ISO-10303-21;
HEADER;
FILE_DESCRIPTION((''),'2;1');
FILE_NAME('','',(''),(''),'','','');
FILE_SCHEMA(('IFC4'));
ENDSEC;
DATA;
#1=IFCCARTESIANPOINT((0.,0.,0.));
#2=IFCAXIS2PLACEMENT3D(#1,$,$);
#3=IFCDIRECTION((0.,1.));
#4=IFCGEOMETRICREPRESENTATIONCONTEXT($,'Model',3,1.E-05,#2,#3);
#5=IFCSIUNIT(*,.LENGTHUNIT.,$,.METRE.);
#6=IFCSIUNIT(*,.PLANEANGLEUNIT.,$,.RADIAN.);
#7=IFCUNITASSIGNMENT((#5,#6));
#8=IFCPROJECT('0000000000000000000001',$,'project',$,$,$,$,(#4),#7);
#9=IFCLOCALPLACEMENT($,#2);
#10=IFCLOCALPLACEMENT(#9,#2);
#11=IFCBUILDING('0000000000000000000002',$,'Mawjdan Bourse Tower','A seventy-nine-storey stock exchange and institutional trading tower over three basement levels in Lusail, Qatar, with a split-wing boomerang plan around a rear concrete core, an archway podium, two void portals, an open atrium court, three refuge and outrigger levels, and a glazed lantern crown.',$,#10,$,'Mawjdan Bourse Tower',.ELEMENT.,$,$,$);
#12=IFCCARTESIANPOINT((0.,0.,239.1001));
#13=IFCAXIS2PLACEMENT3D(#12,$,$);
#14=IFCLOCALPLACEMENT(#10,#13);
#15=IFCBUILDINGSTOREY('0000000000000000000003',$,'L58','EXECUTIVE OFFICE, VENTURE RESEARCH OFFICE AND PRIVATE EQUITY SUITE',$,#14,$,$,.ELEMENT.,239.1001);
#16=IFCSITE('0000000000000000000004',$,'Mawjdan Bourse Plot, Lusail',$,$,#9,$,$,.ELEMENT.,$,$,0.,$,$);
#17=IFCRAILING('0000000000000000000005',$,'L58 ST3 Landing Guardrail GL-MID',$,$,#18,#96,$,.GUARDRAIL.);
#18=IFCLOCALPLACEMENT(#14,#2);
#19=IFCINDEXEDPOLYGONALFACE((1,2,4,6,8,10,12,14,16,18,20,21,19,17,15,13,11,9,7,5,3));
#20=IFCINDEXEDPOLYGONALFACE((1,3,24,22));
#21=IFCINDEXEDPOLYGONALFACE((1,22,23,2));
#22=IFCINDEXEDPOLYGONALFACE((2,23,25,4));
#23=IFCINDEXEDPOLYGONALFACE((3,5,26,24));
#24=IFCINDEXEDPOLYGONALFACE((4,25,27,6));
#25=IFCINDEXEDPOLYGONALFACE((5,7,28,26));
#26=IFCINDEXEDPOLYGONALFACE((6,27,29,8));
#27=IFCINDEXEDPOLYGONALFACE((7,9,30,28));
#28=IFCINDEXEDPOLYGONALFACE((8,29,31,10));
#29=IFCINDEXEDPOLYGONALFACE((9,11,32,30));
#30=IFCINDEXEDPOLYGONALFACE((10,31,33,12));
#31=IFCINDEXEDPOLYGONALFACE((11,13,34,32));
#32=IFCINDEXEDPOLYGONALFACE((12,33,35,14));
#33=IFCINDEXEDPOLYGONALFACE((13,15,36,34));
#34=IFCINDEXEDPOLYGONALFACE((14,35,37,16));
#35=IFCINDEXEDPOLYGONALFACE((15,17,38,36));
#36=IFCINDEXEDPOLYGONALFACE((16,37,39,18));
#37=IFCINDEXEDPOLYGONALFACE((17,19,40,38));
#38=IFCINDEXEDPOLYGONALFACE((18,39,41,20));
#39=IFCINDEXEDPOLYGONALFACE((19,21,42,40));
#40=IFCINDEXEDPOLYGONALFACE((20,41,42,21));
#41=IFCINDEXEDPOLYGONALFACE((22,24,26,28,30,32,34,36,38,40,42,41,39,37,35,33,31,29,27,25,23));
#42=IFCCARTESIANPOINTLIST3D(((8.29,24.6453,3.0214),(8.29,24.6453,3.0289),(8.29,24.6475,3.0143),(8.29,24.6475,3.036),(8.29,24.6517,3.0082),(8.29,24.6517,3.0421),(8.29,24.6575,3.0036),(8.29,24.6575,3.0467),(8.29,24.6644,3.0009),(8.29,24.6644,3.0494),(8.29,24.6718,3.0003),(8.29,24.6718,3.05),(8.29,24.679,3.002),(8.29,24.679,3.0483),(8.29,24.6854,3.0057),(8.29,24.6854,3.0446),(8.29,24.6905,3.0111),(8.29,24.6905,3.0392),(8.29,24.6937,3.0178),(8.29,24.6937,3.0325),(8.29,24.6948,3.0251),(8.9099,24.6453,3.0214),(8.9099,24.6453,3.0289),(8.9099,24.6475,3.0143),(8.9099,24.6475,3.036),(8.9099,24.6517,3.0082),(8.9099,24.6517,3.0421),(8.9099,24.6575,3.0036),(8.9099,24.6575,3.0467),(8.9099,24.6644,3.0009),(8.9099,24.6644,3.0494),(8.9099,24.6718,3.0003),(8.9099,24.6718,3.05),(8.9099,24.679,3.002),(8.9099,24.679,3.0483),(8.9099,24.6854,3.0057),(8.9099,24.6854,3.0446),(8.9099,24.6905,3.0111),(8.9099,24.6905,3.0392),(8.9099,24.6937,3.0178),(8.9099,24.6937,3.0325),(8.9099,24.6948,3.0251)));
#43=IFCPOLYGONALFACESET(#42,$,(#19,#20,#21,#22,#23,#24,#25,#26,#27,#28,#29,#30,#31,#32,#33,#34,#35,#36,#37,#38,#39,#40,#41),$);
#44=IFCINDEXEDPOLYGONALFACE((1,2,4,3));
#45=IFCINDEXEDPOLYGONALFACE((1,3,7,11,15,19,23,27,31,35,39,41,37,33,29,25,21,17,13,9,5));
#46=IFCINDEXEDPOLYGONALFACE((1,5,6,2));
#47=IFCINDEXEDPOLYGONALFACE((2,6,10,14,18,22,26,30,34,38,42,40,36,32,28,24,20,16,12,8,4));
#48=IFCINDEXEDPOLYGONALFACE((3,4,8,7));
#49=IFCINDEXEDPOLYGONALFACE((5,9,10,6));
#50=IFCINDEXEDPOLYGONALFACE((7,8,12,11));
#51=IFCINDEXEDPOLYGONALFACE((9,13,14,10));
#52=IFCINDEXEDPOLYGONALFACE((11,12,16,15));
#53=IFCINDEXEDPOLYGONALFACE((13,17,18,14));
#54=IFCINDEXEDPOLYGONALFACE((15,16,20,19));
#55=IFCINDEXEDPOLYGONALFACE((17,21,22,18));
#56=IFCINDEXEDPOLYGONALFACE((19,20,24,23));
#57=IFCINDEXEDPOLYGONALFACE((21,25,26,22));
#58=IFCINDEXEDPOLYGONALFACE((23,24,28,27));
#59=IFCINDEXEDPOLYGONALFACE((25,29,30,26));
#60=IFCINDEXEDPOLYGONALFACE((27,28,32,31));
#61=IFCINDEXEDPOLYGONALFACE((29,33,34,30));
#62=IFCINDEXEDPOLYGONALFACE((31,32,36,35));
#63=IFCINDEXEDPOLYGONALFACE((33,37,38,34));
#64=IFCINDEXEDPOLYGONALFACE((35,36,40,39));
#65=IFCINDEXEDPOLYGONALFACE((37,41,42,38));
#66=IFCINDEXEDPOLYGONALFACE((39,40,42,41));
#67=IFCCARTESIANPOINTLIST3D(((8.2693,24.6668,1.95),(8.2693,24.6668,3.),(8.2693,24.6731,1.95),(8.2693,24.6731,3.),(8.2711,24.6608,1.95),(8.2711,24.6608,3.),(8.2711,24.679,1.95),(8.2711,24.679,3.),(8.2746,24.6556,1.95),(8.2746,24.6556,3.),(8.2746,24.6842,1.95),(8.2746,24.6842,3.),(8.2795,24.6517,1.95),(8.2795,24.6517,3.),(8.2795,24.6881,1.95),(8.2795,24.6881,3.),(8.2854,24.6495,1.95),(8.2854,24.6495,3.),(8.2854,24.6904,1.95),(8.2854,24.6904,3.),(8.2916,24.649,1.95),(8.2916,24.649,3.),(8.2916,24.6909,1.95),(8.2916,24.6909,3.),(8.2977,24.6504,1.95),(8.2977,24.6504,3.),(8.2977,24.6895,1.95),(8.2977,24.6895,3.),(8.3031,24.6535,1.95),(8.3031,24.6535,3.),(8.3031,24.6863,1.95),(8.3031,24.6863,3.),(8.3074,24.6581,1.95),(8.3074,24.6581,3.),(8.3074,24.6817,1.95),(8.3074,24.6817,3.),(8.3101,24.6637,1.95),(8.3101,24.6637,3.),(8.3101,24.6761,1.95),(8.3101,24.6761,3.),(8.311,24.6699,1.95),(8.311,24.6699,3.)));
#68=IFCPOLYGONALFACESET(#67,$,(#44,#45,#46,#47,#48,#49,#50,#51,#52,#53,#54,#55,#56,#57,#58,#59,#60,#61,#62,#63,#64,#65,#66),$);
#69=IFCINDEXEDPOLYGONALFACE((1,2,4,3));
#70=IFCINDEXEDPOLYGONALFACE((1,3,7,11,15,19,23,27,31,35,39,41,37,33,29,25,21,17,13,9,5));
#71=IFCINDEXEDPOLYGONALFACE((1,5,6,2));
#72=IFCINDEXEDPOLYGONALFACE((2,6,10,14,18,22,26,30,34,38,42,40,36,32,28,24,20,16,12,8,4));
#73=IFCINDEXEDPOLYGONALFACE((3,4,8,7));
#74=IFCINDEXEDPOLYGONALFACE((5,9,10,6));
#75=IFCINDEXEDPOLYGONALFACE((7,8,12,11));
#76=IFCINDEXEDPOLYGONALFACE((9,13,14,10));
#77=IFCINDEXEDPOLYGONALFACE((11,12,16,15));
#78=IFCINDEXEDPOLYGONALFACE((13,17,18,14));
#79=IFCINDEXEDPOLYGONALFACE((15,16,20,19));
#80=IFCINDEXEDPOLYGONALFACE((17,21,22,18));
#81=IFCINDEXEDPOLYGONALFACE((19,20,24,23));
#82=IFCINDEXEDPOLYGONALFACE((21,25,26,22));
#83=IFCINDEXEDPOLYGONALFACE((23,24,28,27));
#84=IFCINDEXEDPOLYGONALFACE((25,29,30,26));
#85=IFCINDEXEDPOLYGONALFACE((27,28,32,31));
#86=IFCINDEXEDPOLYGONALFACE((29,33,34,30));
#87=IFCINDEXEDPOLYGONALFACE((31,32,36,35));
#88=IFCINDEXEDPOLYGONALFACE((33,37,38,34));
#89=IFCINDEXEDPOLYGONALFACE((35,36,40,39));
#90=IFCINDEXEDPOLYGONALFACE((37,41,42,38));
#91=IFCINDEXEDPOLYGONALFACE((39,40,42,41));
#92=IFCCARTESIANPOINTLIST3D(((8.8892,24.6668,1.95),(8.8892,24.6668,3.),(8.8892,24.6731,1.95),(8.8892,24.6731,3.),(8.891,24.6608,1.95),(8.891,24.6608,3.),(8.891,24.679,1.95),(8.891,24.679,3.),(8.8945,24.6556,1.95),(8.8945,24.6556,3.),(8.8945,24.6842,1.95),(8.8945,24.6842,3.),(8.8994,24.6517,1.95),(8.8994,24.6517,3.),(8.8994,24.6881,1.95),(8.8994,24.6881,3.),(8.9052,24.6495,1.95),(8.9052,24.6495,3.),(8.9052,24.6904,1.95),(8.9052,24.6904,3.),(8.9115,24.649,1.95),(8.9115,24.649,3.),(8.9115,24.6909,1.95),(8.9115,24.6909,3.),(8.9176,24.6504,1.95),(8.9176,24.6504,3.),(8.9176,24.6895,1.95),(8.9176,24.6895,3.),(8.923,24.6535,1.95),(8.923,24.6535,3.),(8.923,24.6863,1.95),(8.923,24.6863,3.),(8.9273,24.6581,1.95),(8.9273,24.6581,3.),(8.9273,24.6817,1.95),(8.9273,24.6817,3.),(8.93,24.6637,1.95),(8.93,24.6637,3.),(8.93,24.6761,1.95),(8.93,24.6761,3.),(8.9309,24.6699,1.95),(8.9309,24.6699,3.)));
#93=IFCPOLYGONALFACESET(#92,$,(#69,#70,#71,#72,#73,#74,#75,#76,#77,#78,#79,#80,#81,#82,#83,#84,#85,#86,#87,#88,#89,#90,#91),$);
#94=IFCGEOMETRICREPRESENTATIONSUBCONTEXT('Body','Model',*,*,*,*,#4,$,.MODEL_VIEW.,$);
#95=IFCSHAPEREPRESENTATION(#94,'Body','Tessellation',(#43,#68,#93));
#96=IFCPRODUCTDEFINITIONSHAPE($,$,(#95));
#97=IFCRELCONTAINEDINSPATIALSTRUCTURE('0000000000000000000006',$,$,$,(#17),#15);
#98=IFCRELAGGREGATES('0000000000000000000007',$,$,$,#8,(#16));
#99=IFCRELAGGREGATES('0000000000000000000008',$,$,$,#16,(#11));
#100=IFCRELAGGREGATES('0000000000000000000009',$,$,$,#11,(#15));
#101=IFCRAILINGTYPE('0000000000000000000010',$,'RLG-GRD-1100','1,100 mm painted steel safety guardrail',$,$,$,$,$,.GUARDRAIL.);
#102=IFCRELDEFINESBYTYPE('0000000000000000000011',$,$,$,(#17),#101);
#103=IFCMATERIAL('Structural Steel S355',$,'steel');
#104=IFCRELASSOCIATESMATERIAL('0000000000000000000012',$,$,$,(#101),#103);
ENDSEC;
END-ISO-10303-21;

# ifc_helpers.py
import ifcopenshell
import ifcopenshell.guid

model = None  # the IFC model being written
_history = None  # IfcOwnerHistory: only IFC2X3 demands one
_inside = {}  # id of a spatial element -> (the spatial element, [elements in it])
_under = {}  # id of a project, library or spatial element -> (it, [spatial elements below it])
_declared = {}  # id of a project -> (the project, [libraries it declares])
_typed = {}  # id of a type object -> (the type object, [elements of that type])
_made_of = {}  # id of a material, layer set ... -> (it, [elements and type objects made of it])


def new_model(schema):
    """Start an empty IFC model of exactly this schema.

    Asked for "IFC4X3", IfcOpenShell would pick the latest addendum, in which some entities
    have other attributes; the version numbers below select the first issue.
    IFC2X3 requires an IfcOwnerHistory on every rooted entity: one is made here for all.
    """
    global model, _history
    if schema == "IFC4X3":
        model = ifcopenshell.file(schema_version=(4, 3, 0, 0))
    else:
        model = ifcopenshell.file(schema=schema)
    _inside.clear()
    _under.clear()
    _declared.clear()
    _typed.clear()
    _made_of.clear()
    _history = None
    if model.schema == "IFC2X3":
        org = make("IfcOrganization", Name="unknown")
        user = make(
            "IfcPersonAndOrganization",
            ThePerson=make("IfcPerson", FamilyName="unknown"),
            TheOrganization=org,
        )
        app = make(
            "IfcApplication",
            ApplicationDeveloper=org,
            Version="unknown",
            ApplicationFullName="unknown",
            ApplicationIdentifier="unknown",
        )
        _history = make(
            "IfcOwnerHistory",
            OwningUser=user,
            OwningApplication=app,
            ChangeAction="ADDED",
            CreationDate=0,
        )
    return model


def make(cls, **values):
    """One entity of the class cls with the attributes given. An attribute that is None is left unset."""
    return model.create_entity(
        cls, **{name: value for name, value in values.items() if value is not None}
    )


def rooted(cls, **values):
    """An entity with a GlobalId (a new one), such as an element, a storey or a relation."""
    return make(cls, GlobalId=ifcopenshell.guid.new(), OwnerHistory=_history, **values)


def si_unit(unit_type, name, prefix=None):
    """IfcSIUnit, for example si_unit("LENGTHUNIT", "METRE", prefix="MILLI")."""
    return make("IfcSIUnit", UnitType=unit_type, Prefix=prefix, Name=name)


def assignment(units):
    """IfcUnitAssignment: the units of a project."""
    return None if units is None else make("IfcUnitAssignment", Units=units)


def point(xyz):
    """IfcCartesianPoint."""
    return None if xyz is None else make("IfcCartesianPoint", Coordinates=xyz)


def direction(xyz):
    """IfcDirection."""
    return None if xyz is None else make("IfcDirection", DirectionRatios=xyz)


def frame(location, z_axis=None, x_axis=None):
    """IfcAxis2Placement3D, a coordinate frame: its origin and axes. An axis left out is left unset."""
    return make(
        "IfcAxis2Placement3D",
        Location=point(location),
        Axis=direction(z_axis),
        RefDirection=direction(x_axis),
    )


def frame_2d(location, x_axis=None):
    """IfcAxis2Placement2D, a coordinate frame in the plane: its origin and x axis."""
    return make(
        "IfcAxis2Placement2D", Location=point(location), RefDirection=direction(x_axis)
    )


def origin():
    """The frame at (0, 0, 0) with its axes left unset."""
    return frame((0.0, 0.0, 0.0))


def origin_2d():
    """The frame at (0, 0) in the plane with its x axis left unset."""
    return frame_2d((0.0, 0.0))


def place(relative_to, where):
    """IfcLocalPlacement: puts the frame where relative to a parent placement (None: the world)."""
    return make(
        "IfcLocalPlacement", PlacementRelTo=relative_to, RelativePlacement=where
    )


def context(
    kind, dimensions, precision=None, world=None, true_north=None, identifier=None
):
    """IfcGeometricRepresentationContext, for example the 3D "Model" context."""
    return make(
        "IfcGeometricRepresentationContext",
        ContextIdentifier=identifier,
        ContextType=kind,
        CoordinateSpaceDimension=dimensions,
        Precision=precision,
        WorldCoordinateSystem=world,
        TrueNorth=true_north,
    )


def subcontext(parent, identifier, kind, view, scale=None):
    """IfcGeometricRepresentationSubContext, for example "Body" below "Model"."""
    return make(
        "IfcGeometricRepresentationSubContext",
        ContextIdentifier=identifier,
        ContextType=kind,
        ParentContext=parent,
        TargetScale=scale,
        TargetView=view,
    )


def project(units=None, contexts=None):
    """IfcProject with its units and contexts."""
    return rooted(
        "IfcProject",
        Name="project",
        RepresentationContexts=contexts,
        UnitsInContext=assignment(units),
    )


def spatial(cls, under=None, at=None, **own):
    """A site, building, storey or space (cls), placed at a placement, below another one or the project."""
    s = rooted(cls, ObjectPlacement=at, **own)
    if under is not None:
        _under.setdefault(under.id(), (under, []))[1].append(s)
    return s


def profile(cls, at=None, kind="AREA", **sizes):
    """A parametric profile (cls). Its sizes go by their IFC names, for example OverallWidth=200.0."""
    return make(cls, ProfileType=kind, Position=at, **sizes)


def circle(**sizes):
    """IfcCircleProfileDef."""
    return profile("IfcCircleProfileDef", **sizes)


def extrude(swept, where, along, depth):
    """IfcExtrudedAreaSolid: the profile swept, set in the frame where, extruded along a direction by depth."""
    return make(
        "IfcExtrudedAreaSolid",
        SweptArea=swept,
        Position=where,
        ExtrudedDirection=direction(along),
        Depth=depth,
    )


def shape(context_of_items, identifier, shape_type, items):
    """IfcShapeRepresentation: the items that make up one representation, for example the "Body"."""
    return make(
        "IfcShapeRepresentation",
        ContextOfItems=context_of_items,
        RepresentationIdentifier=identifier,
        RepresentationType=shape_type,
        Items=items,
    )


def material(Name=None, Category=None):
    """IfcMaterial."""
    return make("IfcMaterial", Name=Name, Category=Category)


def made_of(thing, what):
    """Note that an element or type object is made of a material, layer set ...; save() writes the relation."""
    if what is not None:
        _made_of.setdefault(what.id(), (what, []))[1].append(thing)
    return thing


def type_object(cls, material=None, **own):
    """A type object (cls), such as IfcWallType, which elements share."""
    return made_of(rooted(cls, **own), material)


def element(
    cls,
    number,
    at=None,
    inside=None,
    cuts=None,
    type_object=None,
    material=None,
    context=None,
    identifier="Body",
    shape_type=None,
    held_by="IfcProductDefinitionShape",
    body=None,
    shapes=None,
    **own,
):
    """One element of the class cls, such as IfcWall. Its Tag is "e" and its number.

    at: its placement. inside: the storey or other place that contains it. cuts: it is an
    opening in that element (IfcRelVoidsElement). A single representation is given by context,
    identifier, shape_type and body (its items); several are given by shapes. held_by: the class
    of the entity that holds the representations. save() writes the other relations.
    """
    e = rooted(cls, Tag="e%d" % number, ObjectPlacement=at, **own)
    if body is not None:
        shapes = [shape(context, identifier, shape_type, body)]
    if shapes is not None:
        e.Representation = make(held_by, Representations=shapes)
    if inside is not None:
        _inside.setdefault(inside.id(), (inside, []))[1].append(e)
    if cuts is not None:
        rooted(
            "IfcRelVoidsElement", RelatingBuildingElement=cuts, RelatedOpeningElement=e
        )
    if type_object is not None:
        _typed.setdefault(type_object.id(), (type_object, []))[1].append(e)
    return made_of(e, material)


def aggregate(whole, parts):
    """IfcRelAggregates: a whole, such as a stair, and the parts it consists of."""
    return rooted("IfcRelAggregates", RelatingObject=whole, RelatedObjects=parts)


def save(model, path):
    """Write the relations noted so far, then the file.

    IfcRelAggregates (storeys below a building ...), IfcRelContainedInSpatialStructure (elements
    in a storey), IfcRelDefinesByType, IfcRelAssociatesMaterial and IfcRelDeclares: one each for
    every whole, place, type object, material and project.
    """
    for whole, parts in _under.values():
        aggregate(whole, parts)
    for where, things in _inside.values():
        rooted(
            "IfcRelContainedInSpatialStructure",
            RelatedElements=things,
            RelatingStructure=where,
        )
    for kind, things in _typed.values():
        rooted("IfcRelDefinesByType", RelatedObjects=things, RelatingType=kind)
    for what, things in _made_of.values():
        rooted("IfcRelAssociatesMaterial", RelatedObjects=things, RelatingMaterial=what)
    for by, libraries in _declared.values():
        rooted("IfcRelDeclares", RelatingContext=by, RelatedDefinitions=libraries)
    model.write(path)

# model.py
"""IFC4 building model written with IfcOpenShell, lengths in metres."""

from ifc_helpers import new_model, si_unit, direction, frame, origin, origin_2d, place, context, subcontext, project, spatial, circle, extrude, material, type_object, element, save


model = new_model("IFC4")

# Units and contexts
model_context = context("Model", 3, precision=1e-05, world=origin(), true_north=direction((0.0, 1.0)))
body_context = subcontext(model_context, "Body", "Model", "MODEL_VIEW")
ifc_project = project(units=[si_unit("LENGTHUNIT", "METRE"), si_unit("PLANEANGLEUNIT", "RADIAN")], contexts=[model_context])

# Site, building, storey
site_placement = place(None, origin())
site = spatial("IfcSite", under=ifc_project, at=site_placement, Name="Mawjdan Bourse Plot, Lusail", CompositionType="ELEMENT", RefElevation=0.0)
building_placement = place(site_placement, origin())
building = spatial("IfcBuilding", under=site, at=building_placement, Name="Mawjdan Bourse Tower", Description="A seventy-nine-storey stock exchange and institutional trading tower over three basement levels in Lusail, Qatar, with a split-wing boomerang plan around a rear concrete core, an archway podium, two void portals, an open atrium court, three refuge and outrigger levels, and a glazed lantern crown.", LongName="Mawjdan Bourse Tower", CompositionType="ELEMENT")
storey_placement = place(building_placement, frame((0.0, 0.0, 239.1001)))
storey = spatial("IfcBuildingStorey", under=building, at=storey_placement, Name="L58", Description="EXECUTIVE OFFICE, VENTURE RESEARCH OFFICE AND PRIVATE EQUITY SUITE", CompositionType="ELEMENT", Elevation=239.1001)

# Shared definitions
ifc_material_1 = material(Name="Structural Steel S355", Category="steel")

# Railing
railing_type_1 = type_object("IfcRailingType", Name="RLG-GRD-1100", Description="1,100 mm painted steel safety guardrail", PredefinedType="GUARDRAIL", material=ifc_material_1)
railing_1_placement = place(storey_placement, frame((8.29, 24.6699, 1.95)))
element("IfcRailing", 1, at=railing_1_placement, inside=storey, type_object=railing_type_1, Name="L58 ST3 Landing Guardrail GL-MID", PredefinedType="GUARDRAIL", context=body_context, shape_type="SweptSolid", body=[
    extrude(circle(Radius=0.0249, at=origin_2d()), frame((0.0, 0.0, 1.0752), z_axis=(1.0, 0.0, 0.0), x_axis=(0.0, 1.0, 0.0)), (0.0, 0.0, 1.0), 0.6199),
    extrude(circle(Radius=0.021, at=origin_2d()), origin(), (0.0, 0.0, 1.0), 1.05),
    extrude(circle(Radius=0.021, at=origin_2d()), frame((0.6199, 0.0, 0.0)), (0.0, 0.0, 1.0), 1.05),
])

save(model, "model.ifc")
